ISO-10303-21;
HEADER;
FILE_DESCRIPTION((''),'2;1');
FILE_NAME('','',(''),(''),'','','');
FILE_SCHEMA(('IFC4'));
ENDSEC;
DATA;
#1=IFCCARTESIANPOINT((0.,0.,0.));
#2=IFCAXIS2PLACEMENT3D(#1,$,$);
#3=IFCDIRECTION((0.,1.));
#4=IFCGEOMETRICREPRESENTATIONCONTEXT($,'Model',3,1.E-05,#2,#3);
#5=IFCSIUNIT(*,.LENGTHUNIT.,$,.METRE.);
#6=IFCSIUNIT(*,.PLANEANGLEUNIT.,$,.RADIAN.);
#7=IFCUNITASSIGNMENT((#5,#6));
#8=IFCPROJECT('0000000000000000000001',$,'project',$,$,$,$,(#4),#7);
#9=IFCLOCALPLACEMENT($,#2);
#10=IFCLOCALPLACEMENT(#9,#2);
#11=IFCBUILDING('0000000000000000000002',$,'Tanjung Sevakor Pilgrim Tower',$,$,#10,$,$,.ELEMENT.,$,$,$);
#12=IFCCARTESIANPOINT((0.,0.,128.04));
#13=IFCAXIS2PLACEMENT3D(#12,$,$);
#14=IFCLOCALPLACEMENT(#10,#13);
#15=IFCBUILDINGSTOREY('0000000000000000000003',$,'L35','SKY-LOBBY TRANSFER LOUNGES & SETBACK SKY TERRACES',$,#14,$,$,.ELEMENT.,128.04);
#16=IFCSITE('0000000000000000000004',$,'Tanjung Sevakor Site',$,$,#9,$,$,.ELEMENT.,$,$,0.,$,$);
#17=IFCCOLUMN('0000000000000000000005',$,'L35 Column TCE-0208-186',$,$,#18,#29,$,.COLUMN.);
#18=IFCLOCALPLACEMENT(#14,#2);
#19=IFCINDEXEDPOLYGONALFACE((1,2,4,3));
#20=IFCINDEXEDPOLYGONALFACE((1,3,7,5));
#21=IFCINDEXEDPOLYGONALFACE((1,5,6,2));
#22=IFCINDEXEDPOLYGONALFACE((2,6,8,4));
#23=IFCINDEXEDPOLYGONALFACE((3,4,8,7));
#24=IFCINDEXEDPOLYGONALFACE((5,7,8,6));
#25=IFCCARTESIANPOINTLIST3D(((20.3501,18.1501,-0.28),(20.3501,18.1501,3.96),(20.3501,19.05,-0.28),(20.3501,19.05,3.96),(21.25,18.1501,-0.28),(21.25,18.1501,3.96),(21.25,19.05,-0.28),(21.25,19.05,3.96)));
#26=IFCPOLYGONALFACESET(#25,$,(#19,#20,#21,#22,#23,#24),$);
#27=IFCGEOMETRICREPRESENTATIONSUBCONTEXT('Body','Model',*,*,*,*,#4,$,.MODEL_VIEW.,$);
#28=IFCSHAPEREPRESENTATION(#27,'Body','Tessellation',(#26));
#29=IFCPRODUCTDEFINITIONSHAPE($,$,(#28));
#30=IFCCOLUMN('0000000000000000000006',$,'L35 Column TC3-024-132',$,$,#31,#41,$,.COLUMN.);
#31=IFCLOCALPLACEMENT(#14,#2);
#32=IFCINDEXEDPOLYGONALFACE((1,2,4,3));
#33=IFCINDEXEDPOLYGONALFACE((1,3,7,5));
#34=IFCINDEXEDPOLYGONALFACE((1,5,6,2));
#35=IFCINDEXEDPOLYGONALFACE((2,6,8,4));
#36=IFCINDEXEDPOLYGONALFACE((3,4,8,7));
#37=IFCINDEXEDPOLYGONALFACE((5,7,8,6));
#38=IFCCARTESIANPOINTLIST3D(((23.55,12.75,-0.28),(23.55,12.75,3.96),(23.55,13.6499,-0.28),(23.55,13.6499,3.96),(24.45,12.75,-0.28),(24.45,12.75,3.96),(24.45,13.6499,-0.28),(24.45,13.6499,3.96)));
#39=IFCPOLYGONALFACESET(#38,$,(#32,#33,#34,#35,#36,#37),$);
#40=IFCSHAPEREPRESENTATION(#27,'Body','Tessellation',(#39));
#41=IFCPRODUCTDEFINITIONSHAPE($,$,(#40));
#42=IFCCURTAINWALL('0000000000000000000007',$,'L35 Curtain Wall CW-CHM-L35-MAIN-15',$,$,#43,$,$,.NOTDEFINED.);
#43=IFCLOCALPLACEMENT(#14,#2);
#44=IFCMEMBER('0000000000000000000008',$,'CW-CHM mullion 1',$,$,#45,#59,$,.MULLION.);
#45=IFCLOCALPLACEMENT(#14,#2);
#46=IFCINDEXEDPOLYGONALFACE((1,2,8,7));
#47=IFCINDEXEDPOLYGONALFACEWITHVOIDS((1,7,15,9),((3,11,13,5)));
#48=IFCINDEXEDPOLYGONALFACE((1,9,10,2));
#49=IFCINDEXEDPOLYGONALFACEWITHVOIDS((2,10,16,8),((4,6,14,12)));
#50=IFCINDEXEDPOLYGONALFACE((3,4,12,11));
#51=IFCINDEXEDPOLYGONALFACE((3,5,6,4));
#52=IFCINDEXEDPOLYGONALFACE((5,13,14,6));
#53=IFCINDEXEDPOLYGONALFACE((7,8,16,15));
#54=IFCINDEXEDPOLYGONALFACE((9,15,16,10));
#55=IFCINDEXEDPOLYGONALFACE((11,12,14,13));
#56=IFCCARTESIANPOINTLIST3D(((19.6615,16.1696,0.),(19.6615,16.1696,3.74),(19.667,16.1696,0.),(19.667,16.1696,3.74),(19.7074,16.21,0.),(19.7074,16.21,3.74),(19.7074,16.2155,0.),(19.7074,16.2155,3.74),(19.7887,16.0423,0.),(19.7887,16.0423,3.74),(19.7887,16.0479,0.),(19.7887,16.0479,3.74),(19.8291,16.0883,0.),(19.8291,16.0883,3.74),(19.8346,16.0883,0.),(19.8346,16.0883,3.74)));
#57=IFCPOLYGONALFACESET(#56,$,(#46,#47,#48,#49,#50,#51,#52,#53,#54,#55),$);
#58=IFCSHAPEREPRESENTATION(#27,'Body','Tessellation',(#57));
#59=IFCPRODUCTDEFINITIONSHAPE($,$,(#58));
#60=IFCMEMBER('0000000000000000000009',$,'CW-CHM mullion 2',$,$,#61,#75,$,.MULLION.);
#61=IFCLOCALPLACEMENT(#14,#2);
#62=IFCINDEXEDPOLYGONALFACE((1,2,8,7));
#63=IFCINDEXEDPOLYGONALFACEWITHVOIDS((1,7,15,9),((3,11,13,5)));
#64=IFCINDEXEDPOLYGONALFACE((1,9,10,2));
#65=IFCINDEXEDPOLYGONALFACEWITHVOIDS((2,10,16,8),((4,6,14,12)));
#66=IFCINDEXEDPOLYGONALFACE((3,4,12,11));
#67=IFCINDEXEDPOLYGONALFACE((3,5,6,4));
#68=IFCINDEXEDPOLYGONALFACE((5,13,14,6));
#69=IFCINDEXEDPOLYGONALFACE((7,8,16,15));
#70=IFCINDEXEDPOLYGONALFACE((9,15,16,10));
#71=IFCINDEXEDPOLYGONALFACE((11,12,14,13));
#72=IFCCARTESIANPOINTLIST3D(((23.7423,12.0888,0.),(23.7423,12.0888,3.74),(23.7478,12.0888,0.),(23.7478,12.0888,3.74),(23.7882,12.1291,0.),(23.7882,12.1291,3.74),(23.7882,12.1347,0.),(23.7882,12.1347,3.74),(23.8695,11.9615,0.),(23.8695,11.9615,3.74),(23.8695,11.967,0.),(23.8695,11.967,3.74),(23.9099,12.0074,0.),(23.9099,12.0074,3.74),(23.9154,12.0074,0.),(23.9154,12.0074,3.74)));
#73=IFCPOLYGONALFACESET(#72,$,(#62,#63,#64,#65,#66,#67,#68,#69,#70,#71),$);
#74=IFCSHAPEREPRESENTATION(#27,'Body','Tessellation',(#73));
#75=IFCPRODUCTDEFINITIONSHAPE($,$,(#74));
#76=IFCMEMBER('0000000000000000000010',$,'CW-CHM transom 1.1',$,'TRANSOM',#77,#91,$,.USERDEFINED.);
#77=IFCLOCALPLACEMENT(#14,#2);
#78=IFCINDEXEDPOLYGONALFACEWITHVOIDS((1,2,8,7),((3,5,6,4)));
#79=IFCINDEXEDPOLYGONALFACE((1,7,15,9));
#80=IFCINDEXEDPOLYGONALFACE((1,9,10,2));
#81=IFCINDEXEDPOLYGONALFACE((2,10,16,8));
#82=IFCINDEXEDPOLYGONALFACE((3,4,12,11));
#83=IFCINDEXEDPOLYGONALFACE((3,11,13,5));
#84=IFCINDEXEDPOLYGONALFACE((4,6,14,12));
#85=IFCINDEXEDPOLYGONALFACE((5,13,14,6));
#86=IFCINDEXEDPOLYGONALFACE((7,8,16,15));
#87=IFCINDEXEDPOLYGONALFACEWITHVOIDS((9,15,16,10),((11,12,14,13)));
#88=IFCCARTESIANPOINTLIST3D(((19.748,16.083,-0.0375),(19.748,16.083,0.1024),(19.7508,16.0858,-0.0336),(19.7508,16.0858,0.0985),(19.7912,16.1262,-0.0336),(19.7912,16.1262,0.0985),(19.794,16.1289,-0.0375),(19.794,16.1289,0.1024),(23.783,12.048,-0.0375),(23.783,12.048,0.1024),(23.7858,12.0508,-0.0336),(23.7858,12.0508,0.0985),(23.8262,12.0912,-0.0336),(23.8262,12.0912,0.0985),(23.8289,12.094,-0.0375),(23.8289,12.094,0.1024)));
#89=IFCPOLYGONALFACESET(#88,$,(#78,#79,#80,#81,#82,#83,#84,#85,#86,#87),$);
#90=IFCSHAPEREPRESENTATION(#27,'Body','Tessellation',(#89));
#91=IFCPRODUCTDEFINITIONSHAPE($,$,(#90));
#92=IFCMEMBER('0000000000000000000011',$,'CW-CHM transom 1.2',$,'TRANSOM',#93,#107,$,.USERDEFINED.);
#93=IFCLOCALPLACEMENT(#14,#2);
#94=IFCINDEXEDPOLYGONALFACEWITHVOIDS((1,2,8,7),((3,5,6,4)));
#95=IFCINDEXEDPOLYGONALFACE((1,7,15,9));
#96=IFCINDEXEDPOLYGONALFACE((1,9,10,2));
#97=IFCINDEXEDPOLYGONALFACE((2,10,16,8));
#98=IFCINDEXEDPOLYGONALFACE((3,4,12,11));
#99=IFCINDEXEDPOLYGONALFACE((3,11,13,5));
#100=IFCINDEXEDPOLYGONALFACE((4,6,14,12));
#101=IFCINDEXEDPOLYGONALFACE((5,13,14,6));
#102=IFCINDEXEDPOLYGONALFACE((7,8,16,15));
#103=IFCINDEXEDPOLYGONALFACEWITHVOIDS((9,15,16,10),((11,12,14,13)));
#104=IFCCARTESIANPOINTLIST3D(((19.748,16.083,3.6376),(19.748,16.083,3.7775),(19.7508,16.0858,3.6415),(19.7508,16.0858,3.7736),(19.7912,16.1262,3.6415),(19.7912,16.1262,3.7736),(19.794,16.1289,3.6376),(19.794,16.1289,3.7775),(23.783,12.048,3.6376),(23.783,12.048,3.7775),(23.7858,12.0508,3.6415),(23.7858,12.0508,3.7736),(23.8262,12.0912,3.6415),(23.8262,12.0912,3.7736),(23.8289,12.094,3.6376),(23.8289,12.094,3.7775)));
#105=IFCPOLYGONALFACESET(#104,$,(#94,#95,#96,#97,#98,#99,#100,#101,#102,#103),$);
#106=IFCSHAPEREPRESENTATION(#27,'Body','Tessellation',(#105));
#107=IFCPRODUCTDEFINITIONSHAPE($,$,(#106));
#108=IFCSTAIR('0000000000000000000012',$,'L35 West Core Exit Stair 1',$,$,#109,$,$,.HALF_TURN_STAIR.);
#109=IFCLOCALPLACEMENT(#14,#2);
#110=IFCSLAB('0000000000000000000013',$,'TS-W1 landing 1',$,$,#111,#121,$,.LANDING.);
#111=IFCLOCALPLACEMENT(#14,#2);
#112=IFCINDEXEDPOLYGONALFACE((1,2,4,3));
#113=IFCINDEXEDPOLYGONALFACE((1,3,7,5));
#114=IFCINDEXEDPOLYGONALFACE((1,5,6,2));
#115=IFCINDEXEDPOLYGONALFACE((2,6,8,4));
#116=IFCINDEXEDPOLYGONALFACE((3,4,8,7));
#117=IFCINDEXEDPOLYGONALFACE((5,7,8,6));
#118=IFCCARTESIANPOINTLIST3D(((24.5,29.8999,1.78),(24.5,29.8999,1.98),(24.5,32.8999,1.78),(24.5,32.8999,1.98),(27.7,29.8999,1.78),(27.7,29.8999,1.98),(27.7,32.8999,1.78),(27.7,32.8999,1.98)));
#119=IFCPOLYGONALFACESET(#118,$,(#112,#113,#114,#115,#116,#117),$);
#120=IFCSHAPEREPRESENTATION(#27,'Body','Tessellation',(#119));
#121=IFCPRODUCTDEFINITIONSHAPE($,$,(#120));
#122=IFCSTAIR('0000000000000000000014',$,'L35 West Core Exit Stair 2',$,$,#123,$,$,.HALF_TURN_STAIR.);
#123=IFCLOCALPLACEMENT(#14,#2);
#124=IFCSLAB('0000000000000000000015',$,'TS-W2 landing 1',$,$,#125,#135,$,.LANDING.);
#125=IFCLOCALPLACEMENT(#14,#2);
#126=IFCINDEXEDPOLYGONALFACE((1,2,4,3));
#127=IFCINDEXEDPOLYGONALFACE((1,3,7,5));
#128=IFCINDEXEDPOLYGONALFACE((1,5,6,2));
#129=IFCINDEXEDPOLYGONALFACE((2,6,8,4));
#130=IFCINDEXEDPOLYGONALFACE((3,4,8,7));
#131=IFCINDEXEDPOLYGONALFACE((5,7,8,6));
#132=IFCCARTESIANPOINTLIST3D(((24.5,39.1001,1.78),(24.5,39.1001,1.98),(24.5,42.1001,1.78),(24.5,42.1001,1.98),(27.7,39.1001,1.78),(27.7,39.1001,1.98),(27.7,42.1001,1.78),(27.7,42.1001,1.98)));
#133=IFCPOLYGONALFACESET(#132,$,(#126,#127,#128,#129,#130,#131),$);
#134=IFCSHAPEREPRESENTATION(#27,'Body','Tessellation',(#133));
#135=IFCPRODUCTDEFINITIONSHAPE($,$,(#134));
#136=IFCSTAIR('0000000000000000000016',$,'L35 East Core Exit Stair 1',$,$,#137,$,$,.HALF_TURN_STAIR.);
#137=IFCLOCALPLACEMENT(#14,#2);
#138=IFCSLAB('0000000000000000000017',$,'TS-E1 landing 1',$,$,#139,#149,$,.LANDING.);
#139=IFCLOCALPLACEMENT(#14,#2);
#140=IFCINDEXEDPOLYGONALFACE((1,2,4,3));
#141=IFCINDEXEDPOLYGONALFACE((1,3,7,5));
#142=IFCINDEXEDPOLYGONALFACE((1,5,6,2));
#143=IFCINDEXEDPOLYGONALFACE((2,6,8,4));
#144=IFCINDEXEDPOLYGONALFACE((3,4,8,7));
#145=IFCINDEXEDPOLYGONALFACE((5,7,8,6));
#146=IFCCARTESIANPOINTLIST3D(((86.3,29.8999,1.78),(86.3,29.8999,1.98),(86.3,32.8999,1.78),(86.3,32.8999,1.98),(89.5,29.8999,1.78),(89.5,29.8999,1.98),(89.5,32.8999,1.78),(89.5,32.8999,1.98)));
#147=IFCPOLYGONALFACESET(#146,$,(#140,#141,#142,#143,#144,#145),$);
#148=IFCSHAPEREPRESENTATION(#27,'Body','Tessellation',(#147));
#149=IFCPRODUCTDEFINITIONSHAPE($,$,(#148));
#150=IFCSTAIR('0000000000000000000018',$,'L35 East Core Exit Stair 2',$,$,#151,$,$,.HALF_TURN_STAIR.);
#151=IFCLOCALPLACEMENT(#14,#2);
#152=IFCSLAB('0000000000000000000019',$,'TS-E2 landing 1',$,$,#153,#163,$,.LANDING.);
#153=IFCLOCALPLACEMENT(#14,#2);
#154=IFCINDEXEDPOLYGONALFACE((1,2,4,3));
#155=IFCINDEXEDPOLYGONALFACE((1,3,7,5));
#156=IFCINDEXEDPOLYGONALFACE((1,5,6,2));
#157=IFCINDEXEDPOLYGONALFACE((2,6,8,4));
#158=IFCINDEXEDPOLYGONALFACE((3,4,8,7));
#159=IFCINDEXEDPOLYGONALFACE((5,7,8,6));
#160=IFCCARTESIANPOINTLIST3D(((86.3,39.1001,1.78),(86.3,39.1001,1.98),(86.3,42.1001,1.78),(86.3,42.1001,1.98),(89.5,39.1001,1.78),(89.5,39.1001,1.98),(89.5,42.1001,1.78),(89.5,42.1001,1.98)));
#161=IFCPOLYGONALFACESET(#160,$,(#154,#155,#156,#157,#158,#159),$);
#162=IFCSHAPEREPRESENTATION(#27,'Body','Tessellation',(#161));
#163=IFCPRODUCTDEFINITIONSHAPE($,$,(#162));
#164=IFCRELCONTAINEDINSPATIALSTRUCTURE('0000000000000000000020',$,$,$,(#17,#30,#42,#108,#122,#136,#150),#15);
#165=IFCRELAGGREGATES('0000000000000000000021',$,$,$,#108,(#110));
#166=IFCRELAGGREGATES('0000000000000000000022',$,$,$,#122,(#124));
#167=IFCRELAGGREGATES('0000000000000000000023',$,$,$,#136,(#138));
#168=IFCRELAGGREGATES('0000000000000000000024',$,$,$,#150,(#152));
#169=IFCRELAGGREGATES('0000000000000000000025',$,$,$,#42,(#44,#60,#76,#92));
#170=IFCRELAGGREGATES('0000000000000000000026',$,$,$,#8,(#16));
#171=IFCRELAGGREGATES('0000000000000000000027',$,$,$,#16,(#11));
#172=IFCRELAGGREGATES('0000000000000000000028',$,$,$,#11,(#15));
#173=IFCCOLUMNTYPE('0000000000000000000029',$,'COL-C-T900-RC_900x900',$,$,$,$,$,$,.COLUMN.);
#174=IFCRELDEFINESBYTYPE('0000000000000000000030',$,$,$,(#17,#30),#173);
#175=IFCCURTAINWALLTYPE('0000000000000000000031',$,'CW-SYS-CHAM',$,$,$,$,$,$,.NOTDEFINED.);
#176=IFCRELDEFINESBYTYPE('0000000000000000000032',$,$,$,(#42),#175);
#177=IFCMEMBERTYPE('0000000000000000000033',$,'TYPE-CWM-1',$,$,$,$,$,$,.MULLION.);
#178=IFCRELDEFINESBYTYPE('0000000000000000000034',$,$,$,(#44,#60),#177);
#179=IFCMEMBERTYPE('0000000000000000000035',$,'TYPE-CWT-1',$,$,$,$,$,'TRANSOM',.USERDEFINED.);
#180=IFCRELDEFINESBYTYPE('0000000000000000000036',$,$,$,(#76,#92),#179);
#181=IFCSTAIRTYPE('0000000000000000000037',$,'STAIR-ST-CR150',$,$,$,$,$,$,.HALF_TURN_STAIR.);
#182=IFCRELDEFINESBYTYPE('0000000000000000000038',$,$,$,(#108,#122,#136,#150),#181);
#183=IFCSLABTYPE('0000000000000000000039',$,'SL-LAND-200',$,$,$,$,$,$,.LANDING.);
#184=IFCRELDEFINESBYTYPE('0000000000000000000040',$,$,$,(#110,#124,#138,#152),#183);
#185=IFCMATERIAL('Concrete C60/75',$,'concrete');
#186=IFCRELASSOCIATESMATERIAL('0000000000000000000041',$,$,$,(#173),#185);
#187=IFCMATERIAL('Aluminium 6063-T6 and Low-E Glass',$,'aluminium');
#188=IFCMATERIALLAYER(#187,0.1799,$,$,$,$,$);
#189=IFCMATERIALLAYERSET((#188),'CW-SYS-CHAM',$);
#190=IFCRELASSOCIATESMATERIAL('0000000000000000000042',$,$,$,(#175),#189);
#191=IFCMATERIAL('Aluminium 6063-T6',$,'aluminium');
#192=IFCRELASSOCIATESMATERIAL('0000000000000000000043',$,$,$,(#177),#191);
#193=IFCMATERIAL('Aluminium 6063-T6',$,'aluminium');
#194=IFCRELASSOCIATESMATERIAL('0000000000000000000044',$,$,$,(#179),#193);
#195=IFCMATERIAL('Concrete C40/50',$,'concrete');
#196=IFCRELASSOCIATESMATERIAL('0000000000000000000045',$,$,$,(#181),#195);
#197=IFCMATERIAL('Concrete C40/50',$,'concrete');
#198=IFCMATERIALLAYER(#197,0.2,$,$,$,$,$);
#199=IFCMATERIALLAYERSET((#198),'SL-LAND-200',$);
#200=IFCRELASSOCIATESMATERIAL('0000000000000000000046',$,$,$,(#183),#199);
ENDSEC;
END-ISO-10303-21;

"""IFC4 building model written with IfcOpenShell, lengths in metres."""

from ifc_helpers import new_model, si_unit, direction, frame, origin, origin_2d, place, context, subcontext, project, spatial, polyline, rectangle, hollow_rectangle, outline, extrude, material, layer, layer_set, material_profile, profile_set, type_object, element, aggregate, save


model = new_model("IFC4")

# Units and contexts
model_context = context("Model", 3, precision=1e-05, world=origin(), true_north=direction((0.0, 1.0)))
body_context = subcontext(model_context, "Body", "Model", "MODEL_VIEW")
ifc_project = project(units=[si_unit("LENGTHUNIT", "METRE"), si_unit("PLANEANGLEUNIT", "RADIAN")], contexts=[model_context])

# Site, building, storey
site_placement = place(None, origin())
site = spatial("IfcSite", under=ifc_project, at=site_placement, Name="Tanjung Sevakor Site", CompositionType="ELEMENT", RefElevation=0.0)
building_placement = place(site_placement, origin())
building = spatial("IfcBuilding", under=site, at=building_placement, Name="Tanjung Sevakor Pilgrim Tower", CompositionType="ELEMENT")
storey_placement = place(building_placement, frame((0.0, 0.0, 128.04)))
storey = spatial("IfcBuildingStorey", under=building, at=storey_placement, Name="L35", Description="SKY-LOBBY TRANSFER LOUNGES & SETBACK SKY TERRACES", CompositionType="ELEMENT", Elevation=128.04)

# Columns
ifc_material_1 = material(Name="Concrete C60/75", Category="concrete")
ifc_material_profile_1 = material_profile(ifc_material_1, rectangle(XDim=0.8999, YDim=0.8999, at=origin_2d()))
ifc_profile_set_1 = profile_set([ifc_material_profile_1], Name="Concrete C60/75")
column_type = type_object("IfcColumnType", Name="COL-C-T900-RC_900x900", PredefinedType="COLUMN", material=ifc_profile_set_1)
for number, where, z_axis, x_axis, name in (
    (1, (20.8, 18.6001, -0.28), (0.0, 0.0, 1.0), (1.0, 0.0, 0.0), "L35 Column TCE-0208-186"),
    (2, (24.0, 13.2, -0.28), (0.0, 0.0, 1.0), (1.0, 0.0, 0.0), "L35 Column TC3-024-132"),
):
    element("IfcColumn", number, at=place(storey_placement, frame(where, z_axis=z_axis, x_axis=x_axis)), inside=storey, type_object=column_type, Name=name, PredefinedType="COLUMN", context=body_context, shape_type="SweptSolid", body=[
        extrude(rectangle(XDim=0.8999, YDim=0.8999, at=origin_2d()), origin(), (0.0, 0.0, 1.0), 4.24),
    ])

# Curtain wall, members
ifc_material_2 = material(Name="Aluminium 6063-T6 and Low-E Glass", Category="aluminium")
ifc_layer_1 = layer(ifc_material_2, 0.1799)
ifc_layer_set_1 = layer_set([ifc_layer_1], Name="CW-SYS-CHAM")
curtain_wall_type = type_object("IfcCurtainWallType", Name="CW-SYS-CHAM", PredefinedType="NOTDEFINED", material=ifc_layer_set_1)
curtain_wall_placement = place(storey_placement, origin())
curtain_wall = element("IfcCurtainWall", 3, at=curtain_wall_placement, inside=storey, type_object=curtain_wall_type, Name="L35 Curtain Wall CW-CHM-L35-MAIN-15", PredefinedType="NOTDEFINED")
ifc_material_3 = material(Name="Aluminium 6063-T6", Category="aluminium")
ifc_material_profile_2 = material_profile(ifc_material_3, hollow_rectangle(XDim=0.0649, YDim=0.1799, WallThickness=0.0039, at=origin_2d()))
ifc_profile_set_2 = profile_set([ifc_material_profile_2], Name="Aluminium 6063-T6")
member_type_1 = type_object("IfcMemberType", Name="TYPE-CWM-1", PredefinedType="MULLION", material=ifc_profile_set_2)
member_1_placement = place(storey_placement, frame((19.748, 16.1289, 0.0), z_axis=(0.0, 0.0, 1.0), x_axis=(0.707107, 0.707107, 0.0)))
member_1 = element("IfcMember", 4, at=member_1_placement, type_object=member_type_1, Name="CW-CHM mullion 1", PredefinedType="MULLION", context=body_context, shape_type="SweptSolid", body=[
    extrude(hollow_rectangle(XDim=0.0649, YDim=0.1799, WallThickness=0.0039, at=origin_2d()), origin(), (0.0, 0.0, 1.0), 3.74),
])
member_2_placement = place(storey_placement, frame((23.8289, 12.0481, 0.0), z_axis=(0.0, 0.0, 1.0), x_axis=(0.707107, 0.707107, 0.0)))
member_2 = element("IfcMember", 5, at=member_2_placement, type_object=member_type_1, Name="CW-CHM mullion 2", PredefinedType="MULLION", context=body_context, shape_type="SweptSolid", body=[
    extrude(hollow_rectangle(XDim=0.0649, YDim=0.1799, WallThickness=0.0039, at=origin_2d()), origin(), (0.0, 0.0, 1.0), 3.74),
])
ifc_material_4 = material(Name="Aluminium 6063-T6", Category="aluminium")
ifc_material_profile_3 = material_profile(ifc_material_4, hollow_rectangle(XDim=0.0649, YDim=0.1399, WallThickness=0.0039, at=origin_2d()))
ifc_profile_set_3 = profile_set([ifc_material_profile_3], Name="Aluminium 6063-T6")
member_type_2 = type_object("IfcMemberType", Name="TYPE-CWT-1", ElementType="TRANSOM", PredefinedType="USERDEFINED", material=ifc_profile_set_3)
member_3_placement = place(storey_placement, frame((19.771, 16.106, 0.0325), z_axis=(0.707107, -0.707107, 0.0), x_axis=(0.707107, 0.707107, 0.0)))
member_3 = element("IfcMember", 6, at=member_3_placement, type_object=member_type_2, Name="CW-CHM transom 1.1", ObjectType="TRANSOM", PredefinedType="USERDEFINED", context=body_context, shape_type="SweptSolid", body=[
    extrude(hollow_rectangle(XDim=0.0649, YDim=0.1399, WallThickness=0.0039, at=origin_2d()), origin(), (0.0, 0.0, 1.0), 5.7063),
])
member_4_placement = place(storey_placement, frame((19.771, 16.106, 3.7075), z_axis=(0.707107, -0.707107, 0.0), x_axis=(0.707107, 0.707107, 0.0)))
member_4 = element("IfcMember", 7, at=member_4_placement, type_object=member_type_2, Name="CW-CHM transom 1.2", ObjectType="TRANSOM", PredefinedType="USERDEFINED", context=body_context, shape_type="SweptSolid", body=[
    extrude(hollow_rectangle(XDim=0.0649, YDim=0.1399, WallThickness=0.0039, at=origin_2d()), origin(), (0.0, 0.0, 1.0), 5.7063),
])

# Stairs, slabs
ifc_material_5 = material(Name="Concrete C40/50", Category="concrete")
stair_type = type_object("IfcStairType", Name="STAIR-ST-CR150", PredefinedType="HALF_TURN_STAIR", material=ifc_material_5)
stair_1_placement = place(storey_placement, origin())
stair_1 = element("IfcStair", 8, at=stair_1_placement, inside=storey, type_object=stair_type, Name="L35 West Core Exit Stair 1", PredefinedType="HALF_TURN_STAIR")
ifc_material_6 = material(Name="Concrete C40/50", Category="concrete")
ifc_layer_2 = layer(ifc_material_6, 0.2)
ifc_layer_set_2 = layer_set([ifc_layer_2], Name="SL-LAND-200")
slab_type_1 = type_object("IfcSlabType", Name="SL-LAND-200", PredefinedType="LANDING", material=ifc_layer_set_2)
slab_1_placement = place(storey_placement, frame((0.0, 0.0, 1.78)))
slab_1 = element("IfcSlab", 9, at=slab_1_placement, type_object=slab_type_1, Name="TS-W1 landing 1", PredefinedType="LANDING", context=body_context, shape_type="SweptSolid", body=[
    extrude(outline(polyline([(27.7, 29.8999), (27.7, 32.8999), (24.5, 32.8999), (24.5, 29.8999), (27.7, 29.8999)])), origin(), (0.0, 0.0, 1.0), 0.2),
])
aggregate(stair_1, [slab_1])
stair_2_placement = place(storey_placement, origin())
stair_2 = element("IfcStair", 10, at=stair_2_placement, inside=storey, type_object=stair_type, Name="L35 West Core Exit Stair 2", PredefinedType="HALF_TURN_STAIR")
slab_2_placement = place(storey_placement, frame((0.0, 0.0, 1.78)))
slab_2 = element("IfcSlab", 11, at=slab_2_placement, type_object=slab_type_1, Name="TS-W2 landing 1", PredefinedType="LANDING", context=body_context, shape_type="SweptSolid", body=[
    extrude(outline(polyline([(27.7, 39.1001), (27.7, 42.1001), (24.5, 42.1001), (24.5, 39.1001), (27.7, 39.1001)])), origin(), (0.0, 0.0, 1.0), 0.2),
])
aggregate(stair_2, [slab_2])
stair_3_placement = place(storey_placement, origin())
stair_3 = element("IfcStair", 12, at=stair_3_placement, inside=storey, type_object=stair_type, Name="L35 East Core Exit Stair 1", PredefinedType="HALF_TURN_STAIR")
slab_3_placement = place(storey_placement, frame((0.0, 0.0, 1.78)))
slab_3 = element("IfcSlab", 13, at=slab_3_placement, type_object=slab_type_1, Name="TS-E1 landing 1", PredefinedType="LANDING", context=body_context, shape_type="SweptSolid", body=[
    extrude(outline(polyline([(89.5, 29.8999), (89.5, 32.8999), (86.3, 32.8999), (86.3, 29.8999), (89.5, 29.8999)])), origin(), (0.0, 0.0, 1.0), 0.2),
])
aggregate(stair_3, [slab_3])
stair_4_placement = place(storey_placement, origin())
stair_4 = element("IfcStair", 14, at=stair_4_placement, inside=storey, type_object=stair_type, Name="L35 East Core Exit Stair 2", PredefinedType="HALF_TURN_STAIR")
slab_4_placement = place(storey_placement, frame((0.0, 0.0, 1.78)))
slab_4 = element("IfcSlab", 15, at=slab_4_placement, type_object=slab_type_1, Name="TS-E2 landing 1", PredefinedType="LANDING", context=body_context, shape_type="SweptSolid", body=[
    extrude(outline(polyline([(89.5, 39.1001), (89.5, 42.1001), (86.3, 42.1001), (86.3, 39.1001), (89.5, 39.1001)])), origin(), (0.0, 0.0, 1.0), 0.2),
])
aggregate(stair_4, [slab_4])

aggregate(curtain_wall, [member_1, member_2, member_3, member_4])

save(model, "model.ifc")
